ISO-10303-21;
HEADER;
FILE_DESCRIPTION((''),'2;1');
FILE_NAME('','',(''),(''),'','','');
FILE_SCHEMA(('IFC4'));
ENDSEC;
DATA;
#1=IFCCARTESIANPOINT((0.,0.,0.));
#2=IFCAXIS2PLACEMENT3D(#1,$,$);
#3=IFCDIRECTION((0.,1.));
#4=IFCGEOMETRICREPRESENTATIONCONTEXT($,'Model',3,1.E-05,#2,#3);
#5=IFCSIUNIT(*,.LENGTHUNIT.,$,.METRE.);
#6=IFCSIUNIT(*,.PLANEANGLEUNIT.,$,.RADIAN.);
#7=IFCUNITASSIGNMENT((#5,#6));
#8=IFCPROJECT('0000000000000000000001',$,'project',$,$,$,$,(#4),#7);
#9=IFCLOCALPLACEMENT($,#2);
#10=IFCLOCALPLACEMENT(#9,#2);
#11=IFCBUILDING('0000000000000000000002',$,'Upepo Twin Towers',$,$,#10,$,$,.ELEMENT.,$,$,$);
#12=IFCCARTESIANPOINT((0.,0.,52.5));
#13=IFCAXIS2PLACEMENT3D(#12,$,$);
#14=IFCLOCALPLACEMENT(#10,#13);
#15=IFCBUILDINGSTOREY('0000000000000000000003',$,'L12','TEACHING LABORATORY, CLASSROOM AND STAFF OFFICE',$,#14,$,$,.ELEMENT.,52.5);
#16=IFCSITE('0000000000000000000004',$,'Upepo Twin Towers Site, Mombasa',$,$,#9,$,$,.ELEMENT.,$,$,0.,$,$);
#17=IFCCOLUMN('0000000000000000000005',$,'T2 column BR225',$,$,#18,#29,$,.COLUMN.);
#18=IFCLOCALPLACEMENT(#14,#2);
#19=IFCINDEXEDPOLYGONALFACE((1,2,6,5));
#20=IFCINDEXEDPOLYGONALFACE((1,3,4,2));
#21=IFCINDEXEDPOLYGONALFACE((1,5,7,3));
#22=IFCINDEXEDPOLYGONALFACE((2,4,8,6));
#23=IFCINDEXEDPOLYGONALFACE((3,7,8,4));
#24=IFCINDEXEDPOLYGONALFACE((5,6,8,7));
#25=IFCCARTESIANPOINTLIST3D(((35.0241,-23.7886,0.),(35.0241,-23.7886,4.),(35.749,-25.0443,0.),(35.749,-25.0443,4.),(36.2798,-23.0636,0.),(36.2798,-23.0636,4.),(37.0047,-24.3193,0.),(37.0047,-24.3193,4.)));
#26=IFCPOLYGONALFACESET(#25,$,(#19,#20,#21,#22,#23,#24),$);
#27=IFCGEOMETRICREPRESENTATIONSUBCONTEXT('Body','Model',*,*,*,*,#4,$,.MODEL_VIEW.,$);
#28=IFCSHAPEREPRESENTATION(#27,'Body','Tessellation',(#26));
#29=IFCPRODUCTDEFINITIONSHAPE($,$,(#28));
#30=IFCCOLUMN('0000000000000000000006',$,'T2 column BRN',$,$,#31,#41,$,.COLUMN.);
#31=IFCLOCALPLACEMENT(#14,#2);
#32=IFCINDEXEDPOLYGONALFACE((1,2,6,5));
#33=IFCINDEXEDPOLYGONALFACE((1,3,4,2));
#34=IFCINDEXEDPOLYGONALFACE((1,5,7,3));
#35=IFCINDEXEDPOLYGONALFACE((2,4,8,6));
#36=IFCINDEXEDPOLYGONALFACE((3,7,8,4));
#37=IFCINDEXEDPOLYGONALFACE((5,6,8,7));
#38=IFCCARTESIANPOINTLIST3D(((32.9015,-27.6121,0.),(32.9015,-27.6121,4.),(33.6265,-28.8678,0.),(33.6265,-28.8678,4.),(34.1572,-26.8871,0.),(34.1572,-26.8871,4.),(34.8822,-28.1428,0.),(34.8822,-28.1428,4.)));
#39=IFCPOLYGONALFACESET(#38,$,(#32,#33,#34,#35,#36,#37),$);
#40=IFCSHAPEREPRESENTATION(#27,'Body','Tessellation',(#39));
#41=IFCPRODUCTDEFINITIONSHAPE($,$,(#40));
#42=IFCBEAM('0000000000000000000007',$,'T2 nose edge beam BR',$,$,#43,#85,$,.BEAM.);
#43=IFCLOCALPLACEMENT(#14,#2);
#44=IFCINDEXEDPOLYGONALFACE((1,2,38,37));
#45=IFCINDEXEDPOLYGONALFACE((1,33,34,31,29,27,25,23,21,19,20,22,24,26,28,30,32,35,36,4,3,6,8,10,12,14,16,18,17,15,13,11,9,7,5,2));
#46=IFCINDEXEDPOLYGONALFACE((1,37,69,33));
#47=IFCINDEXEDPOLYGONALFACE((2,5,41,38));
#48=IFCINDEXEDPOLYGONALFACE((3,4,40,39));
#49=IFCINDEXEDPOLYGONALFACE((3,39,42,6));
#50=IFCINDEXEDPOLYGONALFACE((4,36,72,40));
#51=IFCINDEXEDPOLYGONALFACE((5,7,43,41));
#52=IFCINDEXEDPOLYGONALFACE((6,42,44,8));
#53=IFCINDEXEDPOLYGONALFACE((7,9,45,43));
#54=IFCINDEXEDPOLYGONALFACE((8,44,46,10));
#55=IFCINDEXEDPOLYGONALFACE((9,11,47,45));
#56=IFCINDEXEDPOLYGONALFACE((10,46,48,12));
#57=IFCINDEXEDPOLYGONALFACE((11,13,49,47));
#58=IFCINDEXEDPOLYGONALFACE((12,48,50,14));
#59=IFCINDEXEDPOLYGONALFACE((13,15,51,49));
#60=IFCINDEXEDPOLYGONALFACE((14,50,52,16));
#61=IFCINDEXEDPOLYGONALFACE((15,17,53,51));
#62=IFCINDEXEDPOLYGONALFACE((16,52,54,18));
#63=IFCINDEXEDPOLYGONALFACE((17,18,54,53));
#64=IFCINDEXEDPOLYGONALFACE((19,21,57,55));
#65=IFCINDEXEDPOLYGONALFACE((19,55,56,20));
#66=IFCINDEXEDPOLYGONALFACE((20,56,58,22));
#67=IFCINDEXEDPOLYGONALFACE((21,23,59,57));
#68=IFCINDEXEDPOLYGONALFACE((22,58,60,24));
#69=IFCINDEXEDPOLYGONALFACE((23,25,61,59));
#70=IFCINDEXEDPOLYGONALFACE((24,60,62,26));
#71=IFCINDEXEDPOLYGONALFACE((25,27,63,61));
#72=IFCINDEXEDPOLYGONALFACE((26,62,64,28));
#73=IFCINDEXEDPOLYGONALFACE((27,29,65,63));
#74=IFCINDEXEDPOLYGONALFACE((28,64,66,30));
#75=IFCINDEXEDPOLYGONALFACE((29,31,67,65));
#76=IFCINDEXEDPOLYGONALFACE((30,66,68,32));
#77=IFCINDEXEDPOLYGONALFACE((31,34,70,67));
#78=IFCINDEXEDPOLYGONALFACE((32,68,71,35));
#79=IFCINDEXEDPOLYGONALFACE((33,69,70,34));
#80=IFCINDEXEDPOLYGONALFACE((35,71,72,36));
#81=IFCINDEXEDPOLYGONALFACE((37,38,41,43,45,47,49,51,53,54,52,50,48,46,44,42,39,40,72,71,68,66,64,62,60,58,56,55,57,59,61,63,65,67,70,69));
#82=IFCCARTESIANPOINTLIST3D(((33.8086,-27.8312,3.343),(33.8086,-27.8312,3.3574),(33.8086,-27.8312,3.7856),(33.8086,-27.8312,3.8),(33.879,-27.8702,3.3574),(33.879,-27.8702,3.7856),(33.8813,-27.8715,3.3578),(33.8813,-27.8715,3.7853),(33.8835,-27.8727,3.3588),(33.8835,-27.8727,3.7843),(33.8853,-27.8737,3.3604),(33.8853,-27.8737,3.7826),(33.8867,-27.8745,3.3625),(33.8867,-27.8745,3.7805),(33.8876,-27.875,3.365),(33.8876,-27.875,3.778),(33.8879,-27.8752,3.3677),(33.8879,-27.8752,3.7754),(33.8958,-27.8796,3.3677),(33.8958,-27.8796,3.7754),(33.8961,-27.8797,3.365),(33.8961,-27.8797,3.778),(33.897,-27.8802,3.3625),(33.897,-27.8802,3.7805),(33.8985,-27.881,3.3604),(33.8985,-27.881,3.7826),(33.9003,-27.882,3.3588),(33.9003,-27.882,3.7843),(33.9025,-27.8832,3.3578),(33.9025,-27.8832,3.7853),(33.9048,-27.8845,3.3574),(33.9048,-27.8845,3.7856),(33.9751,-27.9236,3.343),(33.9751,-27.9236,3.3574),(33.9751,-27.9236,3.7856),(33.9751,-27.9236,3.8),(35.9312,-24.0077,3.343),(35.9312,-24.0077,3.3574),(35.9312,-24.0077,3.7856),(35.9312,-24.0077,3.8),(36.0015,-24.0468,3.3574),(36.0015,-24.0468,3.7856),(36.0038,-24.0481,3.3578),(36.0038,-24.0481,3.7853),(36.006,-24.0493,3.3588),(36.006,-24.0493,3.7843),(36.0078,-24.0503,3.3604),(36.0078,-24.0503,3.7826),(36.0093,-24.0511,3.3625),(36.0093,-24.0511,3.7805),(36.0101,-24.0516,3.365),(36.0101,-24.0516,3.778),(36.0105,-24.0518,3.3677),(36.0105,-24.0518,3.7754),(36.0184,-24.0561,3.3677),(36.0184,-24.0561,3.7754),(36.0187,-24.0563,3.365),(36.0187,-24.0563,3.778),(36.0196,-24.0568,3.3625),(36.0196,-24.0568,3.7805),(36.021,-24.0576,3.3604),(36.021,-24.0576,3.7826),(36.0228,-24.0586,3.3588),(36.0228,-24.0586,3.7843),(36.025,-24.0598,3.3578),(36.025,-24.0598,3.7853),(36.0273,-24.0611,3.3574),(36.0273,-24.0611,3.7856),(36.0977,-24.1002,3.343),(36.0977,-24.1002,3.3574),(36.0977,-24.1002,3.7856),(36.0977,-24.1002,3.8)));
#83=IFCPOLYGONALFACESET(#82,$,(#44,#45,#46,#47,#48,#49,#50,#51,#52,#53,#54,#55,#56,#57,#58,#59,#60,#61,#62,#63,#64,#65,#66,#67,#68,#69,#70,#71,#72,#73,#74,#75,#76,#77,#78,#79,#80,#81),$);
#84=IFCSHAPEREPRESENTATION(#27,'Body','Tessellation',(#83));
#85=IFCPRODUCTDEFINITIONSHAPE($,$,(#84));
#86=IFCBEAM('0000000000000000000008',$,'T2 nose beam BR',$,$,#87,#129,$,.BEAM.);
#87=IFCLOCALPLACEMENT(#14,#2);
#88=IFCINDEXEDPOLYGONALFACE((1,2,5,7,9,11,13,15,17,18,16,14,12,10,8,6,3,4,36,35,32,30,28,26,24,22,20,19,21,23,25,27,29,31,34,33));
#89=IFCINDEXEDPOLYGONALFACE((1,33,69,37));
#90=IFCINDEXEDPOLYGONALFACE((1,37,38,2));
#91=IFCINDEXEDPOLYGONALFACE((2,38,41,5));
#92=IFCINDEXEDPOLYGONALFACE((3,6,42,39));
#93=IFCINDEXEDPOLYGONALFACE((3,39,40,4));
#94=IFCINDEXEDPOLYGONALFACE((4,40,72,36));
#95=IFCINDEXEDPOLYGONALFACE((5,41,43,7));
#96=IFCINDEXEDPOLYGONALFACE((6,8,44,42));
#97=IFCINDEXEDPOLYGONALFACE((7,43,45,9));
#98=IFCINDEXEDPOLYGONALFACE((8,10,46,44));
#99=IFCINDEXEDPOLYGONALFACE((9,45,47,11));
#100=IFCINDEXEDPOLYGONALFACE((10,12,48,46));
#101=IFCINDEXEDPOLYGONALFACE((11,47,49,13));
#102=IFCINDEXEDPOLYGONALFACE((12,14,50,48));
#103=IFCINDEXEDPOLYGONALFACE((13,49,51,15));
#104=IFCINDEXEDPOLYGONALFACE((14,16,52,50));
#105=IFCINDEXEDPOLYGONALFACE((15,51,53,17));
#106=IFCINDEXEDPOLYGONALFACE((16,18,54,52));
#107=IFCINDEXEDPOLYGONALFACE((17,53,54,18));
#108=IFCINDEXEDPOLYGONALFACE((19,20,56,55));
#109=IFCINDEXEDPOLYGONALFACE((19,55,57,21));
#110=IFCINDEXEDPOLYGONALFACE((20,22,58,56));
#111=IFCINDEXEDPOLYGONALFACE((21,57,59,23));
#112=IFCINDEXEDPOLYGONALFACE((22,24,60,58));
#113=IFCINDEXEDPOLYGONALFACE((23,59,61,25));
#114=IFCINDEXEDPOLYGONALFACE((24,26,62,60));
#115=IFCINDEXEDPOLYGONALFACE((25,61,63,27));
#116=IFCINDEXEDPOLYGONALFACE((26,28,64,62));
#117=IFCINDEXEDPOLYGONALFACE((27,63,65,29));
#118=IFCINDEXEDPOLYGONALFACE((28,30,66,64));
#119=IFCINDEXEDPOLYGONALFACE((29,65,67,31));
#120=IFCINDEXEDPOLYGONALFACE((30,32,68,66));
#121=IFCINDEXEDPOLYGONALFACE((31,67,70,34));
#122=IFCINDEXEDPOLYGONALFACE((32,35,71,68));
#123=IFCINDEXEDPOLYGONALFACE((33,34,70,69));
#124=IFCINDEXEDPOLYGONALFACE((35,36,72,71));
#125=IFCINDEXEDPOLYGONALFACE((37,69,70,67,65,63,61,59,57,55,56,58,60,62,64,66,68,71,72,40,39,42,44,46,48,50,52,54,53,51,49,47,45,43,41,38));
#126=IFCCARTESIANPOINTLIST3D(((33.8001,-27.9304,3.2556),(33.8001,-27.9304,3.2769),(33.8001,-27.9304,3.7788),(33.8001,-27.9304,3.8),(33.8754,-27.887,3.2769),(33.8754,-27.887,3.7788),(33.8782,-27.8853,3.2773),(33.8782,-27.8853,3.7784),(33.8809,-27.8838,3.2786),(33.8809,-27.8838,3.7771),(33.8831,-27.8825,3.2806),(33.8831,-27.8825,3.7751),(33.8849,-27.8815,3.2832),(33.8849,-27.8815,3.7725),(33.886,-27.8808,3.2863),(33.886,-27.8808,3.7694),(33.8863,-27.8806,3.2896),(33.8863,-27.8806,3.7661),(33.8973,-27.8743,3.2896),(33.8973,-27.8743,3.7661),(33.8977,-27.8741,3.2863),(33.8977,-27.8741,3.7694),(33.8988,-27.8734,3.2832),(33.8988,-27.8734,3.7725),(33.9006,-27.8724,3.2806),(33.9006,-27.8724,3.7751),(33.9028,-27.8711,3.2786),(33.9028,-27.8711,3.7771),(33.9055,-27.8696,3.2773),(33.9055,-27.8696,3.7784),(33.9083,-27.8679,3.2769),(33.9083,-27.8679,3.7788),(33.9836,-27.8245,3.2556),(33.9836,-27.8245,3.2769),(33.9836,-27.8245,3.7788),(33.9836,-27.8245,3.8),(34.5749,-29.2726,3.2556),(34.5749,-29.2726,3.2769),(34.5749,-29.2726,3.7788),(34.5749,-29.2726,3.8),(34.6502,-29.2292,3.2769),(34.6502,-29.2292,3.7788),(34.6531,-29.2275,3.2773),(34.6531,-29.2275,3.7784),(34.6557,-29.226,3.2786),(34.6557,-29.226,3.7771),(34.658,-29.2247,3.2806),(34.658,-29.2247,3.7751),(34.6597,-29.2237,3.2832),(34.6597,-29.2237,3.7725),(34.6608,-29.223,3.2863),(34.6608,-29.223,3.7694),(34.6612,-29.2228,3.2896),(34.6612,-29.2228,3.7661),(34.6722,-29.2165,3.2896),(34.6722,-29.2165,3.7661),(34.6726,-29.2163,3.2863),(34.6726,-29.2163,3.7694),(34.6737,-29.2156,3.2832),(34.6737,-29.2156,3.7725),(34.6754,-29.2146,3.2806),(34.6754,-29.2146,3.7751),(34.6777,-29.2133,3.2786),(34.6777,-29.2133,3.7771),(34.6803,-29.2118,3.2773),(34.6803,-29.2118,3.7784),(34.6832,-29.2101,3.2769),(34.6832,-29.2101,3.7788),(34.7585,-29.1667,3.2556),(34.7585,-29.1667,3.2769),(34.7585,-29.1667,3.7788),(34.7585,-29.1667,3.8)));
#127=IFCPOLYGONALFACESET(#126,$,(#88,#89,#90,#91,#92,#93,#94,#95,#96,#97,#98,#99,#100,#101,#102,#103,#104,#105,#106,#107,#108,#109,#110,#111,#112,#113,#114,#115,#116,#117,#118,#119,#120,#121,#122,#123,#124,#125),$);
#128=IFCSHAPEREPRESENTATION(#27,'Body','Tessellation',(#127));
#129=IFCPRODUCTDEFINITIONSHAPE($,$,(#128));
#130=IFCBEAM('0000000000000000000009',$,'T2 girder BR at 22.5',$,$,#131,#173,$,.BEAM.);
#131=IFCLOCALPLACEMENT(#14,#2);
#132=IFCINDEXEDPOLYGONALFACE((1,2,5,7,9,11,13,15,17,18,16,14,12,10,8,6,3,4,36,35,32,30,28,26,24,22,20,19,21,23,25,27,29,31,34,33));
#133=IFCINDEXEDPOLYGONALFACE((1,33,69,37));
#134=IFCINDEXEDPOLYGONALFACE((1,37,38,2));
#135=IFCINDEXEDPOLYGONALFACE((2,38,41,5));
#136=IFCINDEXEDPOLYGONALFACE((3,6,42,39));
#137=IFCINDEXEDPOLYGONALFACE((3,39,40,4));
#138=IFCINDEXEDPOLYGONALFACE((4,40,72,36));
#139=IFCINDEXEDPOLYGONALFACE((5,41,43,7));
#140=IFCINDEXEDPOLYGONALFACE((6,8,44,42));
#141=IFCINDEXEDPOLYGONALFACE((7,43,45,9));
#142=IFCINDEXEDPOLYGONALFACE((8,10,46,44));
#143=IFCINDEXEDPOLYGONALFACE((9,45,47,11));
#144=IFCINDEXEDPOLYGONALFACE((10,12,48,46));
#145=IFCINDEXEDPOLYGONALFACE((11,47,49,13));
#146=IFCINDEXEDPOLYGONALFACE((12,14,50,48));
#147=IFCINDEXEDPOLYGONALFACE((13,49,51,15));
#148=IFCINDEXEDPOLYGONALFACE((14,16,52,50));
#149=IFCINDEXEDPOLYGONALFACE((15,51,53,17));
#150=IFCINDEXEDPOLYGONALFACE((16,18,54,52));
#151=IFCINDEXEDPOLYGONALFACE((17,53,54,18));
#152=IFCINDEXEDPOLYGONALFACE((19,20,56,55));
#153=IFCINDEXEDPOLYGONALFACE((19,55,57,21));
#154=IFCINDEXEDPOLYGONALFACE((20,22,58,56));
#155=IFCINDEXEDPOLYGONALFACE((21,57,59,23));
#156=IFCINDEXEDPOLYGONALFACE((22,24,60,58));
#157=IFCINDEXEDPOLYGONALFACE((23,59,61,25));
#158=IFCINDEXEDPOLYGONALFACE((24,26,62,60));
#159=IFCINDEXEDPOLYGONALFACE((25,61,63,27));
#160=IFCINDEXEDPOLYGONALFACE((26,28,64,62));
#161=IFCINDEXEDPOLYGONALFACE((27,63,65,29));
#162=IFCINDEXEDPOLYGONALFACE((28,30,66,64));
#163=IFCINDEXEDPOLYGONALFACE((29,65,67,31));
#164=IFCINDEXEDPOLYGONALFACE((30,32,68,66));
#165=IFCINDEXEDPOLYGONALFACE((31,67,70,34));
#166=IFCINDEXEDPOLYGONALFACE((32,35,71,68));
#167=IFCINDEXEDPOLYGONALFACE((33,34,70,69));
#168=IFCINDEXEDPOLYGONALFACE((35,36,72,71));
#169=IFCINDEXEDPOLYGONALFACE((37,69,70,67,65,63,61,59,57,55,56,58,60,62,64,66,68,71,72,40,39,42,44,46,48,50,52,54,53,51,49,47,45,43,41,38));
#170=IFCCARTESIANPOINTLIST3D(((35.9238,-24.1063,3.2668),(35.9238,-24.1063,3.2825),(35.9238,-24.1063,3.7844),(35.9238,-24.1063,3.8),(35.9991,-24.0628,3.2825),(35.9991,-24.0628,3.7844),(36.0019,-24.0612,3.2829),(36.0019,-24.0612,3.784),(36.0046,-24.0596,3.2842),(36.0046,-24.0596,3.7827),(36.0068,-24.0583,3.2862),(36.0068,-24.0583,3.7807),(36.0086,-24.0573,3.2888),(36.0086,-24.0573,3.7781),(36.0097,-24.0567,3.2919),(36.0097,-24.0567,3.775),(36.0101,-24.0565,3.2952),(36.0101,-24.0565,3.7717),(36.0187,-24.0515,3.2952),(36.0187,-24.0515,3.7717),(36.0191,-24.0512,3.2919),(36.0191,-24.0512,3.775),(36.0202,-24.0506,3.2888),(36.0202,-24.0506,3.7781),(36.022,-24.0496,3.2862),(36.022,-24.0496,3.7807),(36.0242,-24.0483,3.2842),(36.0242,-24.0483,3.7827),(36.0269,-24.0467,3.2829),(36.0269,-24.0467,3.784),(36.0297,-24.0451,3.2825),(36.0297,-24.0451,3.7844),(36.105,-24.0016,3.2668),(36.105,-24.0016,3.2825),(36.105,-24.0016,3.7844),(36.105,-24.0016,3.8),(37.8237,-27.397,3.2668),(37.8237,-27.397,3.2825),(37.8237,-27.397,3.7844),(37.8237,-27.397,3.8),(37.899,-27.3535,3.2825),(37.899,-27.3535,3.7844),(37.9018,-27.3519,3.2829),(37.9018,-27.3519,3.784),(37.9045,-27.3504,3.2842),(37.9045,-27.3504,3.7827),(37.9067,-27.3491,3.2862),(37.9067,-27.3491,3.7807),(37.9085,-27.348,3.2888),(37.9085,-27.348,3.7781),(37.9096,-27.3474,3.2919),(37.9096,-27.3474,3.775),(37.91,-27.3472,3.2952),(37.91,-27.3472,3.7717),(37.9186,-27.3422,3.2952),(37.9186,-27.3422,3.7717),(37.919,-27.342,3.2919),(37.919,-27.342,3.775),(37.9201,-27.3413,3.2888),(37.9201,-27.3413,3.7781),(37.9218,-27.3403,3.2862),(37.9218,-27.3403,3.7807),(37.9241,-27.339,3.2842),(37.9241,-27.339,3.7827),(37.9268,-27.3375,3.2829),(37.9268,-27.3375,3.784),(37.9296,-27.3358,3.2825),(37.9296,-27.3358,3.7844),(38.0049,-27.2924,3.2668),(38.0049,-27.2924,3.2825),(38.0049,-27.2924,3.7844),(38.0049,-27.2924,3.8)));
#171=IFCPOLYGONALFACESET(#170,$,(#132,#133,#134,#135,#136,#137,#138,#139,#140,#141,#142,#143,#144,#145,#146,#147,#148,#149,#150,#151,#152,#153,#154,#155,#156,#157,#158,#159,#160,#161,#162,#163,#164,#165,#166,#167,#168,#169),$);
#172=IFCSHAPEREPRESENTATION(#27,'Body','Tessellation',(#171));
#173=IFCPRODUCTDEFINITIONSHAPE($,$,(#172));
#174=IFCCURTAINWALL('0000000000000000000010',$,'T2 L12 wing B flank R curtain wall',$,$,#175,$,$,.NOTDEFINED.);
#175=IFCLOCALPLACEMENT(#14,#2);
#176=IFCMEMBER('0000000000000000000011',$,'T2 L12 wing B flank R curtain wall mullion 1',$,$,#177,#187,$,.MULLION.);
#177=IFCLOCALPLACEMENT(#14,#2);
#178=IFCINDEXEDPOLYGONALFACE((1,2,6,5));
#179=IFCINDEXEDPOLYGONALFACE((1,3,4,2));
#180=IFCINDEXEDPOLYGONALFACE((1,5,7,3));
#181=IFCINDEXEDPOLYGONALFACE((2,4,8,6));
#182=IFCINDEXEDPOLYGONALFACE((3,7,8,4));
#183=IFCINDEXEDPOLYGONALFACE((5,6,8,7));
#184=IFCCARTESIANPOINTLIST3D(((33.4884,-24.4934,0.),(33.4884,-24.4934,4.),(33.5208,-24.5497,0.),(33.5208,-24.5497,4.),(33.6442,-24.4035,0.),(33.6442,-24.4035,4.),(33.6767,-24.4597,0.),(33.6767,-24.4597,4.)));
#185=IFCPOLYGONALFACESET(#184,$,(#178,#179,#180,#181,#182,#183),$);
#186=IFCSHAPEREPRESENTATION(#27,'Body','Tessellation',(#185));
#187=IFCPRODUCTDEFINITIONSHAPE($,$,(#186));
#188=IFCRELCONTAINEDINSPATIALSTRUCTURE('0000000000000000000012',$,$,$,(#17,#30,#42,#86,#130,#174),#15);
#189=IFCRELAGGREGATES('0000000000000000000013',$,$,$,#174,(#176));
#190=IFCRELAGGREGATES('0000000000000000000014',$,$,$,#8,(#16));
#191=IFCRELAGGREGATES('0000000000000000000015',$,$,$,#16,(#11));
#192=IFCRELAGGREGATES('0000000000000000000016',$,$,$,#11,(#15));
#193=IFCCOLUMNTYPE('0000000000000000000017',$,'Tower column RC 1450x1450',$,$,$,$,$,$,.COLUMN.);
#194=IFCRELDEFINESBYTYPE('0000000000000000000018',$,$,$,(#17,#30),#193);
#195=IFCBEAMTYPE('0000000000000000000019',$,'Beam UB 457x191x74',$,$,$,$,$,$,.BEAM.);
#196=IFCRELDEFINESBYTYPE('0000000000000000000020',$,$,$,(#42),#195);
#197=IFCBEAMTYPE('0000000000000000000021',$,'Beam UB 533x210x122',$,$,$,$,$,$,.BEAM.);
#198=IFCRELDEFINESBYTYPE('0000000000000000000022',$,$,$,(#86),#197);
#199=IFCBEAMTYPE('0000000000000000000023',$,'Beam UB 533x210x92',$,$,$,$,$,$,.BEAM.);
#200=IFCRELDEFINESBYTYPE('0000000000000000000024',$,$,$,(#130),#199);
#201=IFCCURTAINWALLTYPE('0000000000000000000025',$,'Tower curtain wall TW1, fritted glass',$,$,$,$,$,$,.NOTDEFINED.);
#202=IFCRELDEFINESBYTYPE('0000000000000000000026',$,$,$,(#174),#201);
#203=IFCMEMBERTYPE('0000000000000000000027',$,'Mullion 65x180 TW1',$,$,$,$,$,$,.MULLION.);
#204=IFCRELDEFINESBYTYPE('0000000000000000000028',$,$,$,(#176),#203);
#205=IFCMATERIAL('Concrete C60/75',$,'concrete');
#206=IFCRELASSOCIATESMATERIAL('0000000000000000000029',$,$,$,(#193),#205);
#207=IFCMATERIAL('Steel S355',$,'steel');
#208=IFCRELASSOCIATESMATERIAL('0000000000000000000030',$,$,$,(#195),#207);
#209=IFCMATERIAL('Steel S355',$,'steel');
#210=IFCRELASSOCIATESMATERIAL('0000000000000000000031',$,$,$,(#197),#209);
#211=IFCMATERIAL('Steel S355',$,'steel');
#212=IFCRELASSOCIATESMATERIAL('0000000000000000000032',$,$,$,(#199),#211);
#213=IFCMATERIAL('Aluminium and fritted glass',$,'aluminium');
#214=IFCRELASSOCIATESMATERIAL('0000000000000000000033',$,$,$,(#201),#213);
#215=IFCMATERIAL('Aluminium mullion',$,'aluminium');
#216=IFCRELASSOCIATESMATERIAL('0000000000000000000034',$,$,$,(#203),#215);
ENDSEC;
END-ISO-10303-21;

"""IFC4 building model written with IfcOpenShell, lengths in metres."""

from ifc_helpers import new_model, si_unit, direction, frame, origin, origin_2d, place, context, subcontext, project, spatial, rectangle, i_section, extrude, material, material_profile, profile_set, type_object, element, aggregate, save


model = new_model("IFC4")

# Units and contexts
model_context = context("Model", 3, precision=1e-05, world=origin(), true_north=direction((0.0, 1.0)))
body_context = subcontext(model_context, "Body", "Model", "MODEL_VIEW")
ifc_project = project(units=[si_unit("LENGTHUNIT", "METRE"), si_unit("PLANEANGLEUNIT", "RADIAN")], contexts=[model_context])

# Site, building, storey
site_placement = place(None, origin())
site = spatial("IfcSite", under=ifc_project, at=site_placement, Name="Upepo Twin Towers Site, Mombasa", CompositionType="ELEMENT", RefElevation=0.0)
building_placement = place(site_placement, origin())
building = spatial("IfcBuilding", under=site, at=building_placement, Name="Upepo Twin Towers", CompositionType="ELEMENT")
storey_placement = place(building_placement, frame((0.0, 0.0, 52.5)))
storey = spatial("IfcBuildingStorey", under=building, at=storey_placement, Name="L12", Description="TEACHING LABORATORY, CLASSROOM AND STAFF OFFICE", CompositionType="ELEMENT", Elevation=52.5)

# Columns
ifc_material_1 = material(Name="Concrete C60/75", Category="concrete")
ifc_material_profile_1 = material_profile(ifc_material_1, rectangle(XDim=1.45, YDim=1.45, at=origin_2d()), Name="RC 1450x1450")
ifc_profile_set_1 = profile_set([ifc_material_profile_1], Name="Concrete C60/75")
column_type = type_object("IfcColumnType", Name="Tower column RC 1450x1450", PredefinedType="COLUMN", material=ifc_profile_set_1)
for number, where, z_axis, x_axis, name in (
    (1, (36.0144, -24.054, 0.0), (0.0, 0.0, 1.0), (0.866025, 0.5, 0.0), "T2 column BR225"),
    (2, (33.8918, -27.8774, 0.0), (0.0, 0.0, 1.0), (0.866025, 0.5, 0.0), "T2 column BRN"),
):
    element("IfcColumn", number, at=place(storey_placement, frame(where, z_axis=z_axis, x_axis=x_axis)), inside=storey, type_object=column_type, Name=name, PredefinedType="COLUMN", context=body_context, shape_type="SweptSolid", body=[
        extrude(rectangle(XDim=1.45, YDim=1.45, at=origin_2d()), origin(), (0.0, 0.0, 1.0), 4.0),
    ])

# Beams
ifc_material_2 = material(Name="Steel S355", Category="steel")
ifc_material_profile_2 = material_profile(ifc_material_2, i_section(OverallWidth=0.1904, OverallDepth=0.457, WebThickness=0.009, FlangeThickness=0.0144, FilletRadius=0.0103, at=origin_2d()), Name="UB 457x191x74")
ifc_profile_set_2 = profile_set([ifc_material_profile_2], Name="Steel S355")
beam_type_1 = type_object("IfcBeamType", Name="Beam UB 457x191x74", PredefinedType="BEAM", material=ifc_profile_set_2)
beam_1_placement = place(storey_placement, frame((36.0144, -24.054, 3.5715), z_axis=(-0.485363, -0.874313, 0.0), x_axis=(0.874313, -0.485363, 0.0)))
element("IfcBeam", 3, at=beam_1_placement, inside=storey, type_object=beam_type_1, Name="T2 nose edge beam BR", PredefinedType="BEAM", context=body_context, shape_type="SweptSolid", body=[
    extrude(i_section(OverallWidth=0.1904, OverallDepth=0.457, WebThickness=0.009, FlangeThickness=0.0144, FilletRadius=0.0103, at=origin_2d()), origin(), (0.0, 0.0, 1.0), 4.373),
])
ifc_material_3 = material(Name="Steel S355", Category="steel")
ifc_material_profile_3 = material_profile(ifc_material_3, i_section(OverallWidth=0.2119, OverallDepth=0.5444, WebThickness=0.0127, FlangeThickness=0.0212, FilletRadius=0.0127, at=origin_2d()), Name="UB 533x210x122")
ifc_profile_set_3 = profile_set([ifc_material_profile_3], Name="Steel S355")
beam_type_2 = type_object("IfcBeamType", Name="Beam UB 533x210x122", PredefinedType="BEAM", material=ifc_profile_set_3)
beam_2_placement = place(storey_placement, frame((33.8918, -27.8774, 3.5278), z_axis=(0.499968, -0.866044, 0.0), x_axis=(0.866044, 0.499968, 0.0)))
element("IfcBeam", 4, at=beam_2_placement, inside=storey, type_object=beam_type_2, Name="T2 nose beam BR", PredefinedType="BEAM", context=body_context, shape_type="SweptSolid", body=[
    extrude(i_section(OverallWidth=0.2119, OverallDepth=0.5444, WebThickness=0.0127, FlangeThickness=0.0212, FilletRadius=0.0127, at=origin_2d()), origin(), (0.0, 0.0, 1.0), 1.5498),
])
ifc_material_4 = material(Name="Steel S355", Category="steel")
ifc_material_profile_4 = material_profile(ifc_material_4, i_section(OverallWidth=0.2092, OverallDepth=0.5332, WebThickness=0.01, FlangeThickness=0.0156, FilletRadius=0.0127, at=origin_2d()), Name="UB 533x210x92")
ifc_profile_set_4 = profile_set([ifc_material_profile_4], Name="Steel S355")
beam_type_3 = type_object("IfcBeamType", Name="Beam UB 533x210x92", PredefinedType="BEAM", material=ifc_profile_set_4)
beam_3_placement = place(storey_placement, frame((36.0144, -24.054, 3.5334), z_axis=(0.499995, -0.866028, 0.0), x_axis=(0.866028, 0.499995, 0.0)))
element("IfcBeam", 5, at=beam_3_placement, inside=storey, type_object=beam_type_3, Name="T2 girder BR at 22.5", PredefinedType="BEAM", context=body_context, shape_type="SweptSolid", body=[
    extrude(i_section(OverallWidth=0.2092, OverallDepth=0.5332, WebThickness=0.01, FlangeThickness=0.0156, FilletRadius=0.0127, at=origin_2d()), origin(), (0.0, 0.0, 1.0), 3.7998),
])

# Curtain wall, member
ifc_material_5 = material(Name="Aluminium and fritted glass", Category="aluminium")
curtain_wall_type = type_object("IfcCurtainWallType", Name="Tower curtain wall TW1, fritted glass", PredefinedType="NOTDEFINED", material=ifc_material_5)
curtain_wall_1_placement = place(storey_placement, origin())
curtain_wall_1 = element("IfcCurtainWall", 6, at=curtain_wall_1_placement, inside=storey, type_object=curtain_wall_type, Name="T2 L12 wing B flank R curtain wall", PredefinedType="NOTDEFINED")
ifc_material_6 = material(Name="Aluminium mullion", Category="aluminium")
ifc_material_profile_5 = material_profile(ifc_material_6, rectangle(XDim=0.0649, YDim=0.1799, at=origin_2d()), Name="MULLION 65x180")
ifc_profile_set_5 = profile_set([ifc_material_profile_5], Name="Aluminium mullion")
member_type_1 = type_object("IfcMemberType", Name="Mullion 65x180 TW1", PredefinedType="MULLION", material=ifc_profile_set_5)
member_1_placement = place(storey_placement, frame((33.5825, -24.4766, 0.0), z_axis=(0.0, 0.0, 1.0), x_axis=(-0.5, 0.866025, 0.0)))
member_1 = element("IfcMember", 7, at=member_1_placement, type_object=member_type_1, Name="T2 L12 wing B flank R curtain wall mullion 1", PredefinedType="MULLION", context=body_context, shape_type="SweptSolid", body=[
    extrude(rectangle(XDim=0.0649, YDim=0.1799, at=origin_2d()), origin(), (0.0, 0.0, 1.0), 4.0),
])

aggregate(curtain_wall_1, [member_1])

save(model, "model.ifc")
